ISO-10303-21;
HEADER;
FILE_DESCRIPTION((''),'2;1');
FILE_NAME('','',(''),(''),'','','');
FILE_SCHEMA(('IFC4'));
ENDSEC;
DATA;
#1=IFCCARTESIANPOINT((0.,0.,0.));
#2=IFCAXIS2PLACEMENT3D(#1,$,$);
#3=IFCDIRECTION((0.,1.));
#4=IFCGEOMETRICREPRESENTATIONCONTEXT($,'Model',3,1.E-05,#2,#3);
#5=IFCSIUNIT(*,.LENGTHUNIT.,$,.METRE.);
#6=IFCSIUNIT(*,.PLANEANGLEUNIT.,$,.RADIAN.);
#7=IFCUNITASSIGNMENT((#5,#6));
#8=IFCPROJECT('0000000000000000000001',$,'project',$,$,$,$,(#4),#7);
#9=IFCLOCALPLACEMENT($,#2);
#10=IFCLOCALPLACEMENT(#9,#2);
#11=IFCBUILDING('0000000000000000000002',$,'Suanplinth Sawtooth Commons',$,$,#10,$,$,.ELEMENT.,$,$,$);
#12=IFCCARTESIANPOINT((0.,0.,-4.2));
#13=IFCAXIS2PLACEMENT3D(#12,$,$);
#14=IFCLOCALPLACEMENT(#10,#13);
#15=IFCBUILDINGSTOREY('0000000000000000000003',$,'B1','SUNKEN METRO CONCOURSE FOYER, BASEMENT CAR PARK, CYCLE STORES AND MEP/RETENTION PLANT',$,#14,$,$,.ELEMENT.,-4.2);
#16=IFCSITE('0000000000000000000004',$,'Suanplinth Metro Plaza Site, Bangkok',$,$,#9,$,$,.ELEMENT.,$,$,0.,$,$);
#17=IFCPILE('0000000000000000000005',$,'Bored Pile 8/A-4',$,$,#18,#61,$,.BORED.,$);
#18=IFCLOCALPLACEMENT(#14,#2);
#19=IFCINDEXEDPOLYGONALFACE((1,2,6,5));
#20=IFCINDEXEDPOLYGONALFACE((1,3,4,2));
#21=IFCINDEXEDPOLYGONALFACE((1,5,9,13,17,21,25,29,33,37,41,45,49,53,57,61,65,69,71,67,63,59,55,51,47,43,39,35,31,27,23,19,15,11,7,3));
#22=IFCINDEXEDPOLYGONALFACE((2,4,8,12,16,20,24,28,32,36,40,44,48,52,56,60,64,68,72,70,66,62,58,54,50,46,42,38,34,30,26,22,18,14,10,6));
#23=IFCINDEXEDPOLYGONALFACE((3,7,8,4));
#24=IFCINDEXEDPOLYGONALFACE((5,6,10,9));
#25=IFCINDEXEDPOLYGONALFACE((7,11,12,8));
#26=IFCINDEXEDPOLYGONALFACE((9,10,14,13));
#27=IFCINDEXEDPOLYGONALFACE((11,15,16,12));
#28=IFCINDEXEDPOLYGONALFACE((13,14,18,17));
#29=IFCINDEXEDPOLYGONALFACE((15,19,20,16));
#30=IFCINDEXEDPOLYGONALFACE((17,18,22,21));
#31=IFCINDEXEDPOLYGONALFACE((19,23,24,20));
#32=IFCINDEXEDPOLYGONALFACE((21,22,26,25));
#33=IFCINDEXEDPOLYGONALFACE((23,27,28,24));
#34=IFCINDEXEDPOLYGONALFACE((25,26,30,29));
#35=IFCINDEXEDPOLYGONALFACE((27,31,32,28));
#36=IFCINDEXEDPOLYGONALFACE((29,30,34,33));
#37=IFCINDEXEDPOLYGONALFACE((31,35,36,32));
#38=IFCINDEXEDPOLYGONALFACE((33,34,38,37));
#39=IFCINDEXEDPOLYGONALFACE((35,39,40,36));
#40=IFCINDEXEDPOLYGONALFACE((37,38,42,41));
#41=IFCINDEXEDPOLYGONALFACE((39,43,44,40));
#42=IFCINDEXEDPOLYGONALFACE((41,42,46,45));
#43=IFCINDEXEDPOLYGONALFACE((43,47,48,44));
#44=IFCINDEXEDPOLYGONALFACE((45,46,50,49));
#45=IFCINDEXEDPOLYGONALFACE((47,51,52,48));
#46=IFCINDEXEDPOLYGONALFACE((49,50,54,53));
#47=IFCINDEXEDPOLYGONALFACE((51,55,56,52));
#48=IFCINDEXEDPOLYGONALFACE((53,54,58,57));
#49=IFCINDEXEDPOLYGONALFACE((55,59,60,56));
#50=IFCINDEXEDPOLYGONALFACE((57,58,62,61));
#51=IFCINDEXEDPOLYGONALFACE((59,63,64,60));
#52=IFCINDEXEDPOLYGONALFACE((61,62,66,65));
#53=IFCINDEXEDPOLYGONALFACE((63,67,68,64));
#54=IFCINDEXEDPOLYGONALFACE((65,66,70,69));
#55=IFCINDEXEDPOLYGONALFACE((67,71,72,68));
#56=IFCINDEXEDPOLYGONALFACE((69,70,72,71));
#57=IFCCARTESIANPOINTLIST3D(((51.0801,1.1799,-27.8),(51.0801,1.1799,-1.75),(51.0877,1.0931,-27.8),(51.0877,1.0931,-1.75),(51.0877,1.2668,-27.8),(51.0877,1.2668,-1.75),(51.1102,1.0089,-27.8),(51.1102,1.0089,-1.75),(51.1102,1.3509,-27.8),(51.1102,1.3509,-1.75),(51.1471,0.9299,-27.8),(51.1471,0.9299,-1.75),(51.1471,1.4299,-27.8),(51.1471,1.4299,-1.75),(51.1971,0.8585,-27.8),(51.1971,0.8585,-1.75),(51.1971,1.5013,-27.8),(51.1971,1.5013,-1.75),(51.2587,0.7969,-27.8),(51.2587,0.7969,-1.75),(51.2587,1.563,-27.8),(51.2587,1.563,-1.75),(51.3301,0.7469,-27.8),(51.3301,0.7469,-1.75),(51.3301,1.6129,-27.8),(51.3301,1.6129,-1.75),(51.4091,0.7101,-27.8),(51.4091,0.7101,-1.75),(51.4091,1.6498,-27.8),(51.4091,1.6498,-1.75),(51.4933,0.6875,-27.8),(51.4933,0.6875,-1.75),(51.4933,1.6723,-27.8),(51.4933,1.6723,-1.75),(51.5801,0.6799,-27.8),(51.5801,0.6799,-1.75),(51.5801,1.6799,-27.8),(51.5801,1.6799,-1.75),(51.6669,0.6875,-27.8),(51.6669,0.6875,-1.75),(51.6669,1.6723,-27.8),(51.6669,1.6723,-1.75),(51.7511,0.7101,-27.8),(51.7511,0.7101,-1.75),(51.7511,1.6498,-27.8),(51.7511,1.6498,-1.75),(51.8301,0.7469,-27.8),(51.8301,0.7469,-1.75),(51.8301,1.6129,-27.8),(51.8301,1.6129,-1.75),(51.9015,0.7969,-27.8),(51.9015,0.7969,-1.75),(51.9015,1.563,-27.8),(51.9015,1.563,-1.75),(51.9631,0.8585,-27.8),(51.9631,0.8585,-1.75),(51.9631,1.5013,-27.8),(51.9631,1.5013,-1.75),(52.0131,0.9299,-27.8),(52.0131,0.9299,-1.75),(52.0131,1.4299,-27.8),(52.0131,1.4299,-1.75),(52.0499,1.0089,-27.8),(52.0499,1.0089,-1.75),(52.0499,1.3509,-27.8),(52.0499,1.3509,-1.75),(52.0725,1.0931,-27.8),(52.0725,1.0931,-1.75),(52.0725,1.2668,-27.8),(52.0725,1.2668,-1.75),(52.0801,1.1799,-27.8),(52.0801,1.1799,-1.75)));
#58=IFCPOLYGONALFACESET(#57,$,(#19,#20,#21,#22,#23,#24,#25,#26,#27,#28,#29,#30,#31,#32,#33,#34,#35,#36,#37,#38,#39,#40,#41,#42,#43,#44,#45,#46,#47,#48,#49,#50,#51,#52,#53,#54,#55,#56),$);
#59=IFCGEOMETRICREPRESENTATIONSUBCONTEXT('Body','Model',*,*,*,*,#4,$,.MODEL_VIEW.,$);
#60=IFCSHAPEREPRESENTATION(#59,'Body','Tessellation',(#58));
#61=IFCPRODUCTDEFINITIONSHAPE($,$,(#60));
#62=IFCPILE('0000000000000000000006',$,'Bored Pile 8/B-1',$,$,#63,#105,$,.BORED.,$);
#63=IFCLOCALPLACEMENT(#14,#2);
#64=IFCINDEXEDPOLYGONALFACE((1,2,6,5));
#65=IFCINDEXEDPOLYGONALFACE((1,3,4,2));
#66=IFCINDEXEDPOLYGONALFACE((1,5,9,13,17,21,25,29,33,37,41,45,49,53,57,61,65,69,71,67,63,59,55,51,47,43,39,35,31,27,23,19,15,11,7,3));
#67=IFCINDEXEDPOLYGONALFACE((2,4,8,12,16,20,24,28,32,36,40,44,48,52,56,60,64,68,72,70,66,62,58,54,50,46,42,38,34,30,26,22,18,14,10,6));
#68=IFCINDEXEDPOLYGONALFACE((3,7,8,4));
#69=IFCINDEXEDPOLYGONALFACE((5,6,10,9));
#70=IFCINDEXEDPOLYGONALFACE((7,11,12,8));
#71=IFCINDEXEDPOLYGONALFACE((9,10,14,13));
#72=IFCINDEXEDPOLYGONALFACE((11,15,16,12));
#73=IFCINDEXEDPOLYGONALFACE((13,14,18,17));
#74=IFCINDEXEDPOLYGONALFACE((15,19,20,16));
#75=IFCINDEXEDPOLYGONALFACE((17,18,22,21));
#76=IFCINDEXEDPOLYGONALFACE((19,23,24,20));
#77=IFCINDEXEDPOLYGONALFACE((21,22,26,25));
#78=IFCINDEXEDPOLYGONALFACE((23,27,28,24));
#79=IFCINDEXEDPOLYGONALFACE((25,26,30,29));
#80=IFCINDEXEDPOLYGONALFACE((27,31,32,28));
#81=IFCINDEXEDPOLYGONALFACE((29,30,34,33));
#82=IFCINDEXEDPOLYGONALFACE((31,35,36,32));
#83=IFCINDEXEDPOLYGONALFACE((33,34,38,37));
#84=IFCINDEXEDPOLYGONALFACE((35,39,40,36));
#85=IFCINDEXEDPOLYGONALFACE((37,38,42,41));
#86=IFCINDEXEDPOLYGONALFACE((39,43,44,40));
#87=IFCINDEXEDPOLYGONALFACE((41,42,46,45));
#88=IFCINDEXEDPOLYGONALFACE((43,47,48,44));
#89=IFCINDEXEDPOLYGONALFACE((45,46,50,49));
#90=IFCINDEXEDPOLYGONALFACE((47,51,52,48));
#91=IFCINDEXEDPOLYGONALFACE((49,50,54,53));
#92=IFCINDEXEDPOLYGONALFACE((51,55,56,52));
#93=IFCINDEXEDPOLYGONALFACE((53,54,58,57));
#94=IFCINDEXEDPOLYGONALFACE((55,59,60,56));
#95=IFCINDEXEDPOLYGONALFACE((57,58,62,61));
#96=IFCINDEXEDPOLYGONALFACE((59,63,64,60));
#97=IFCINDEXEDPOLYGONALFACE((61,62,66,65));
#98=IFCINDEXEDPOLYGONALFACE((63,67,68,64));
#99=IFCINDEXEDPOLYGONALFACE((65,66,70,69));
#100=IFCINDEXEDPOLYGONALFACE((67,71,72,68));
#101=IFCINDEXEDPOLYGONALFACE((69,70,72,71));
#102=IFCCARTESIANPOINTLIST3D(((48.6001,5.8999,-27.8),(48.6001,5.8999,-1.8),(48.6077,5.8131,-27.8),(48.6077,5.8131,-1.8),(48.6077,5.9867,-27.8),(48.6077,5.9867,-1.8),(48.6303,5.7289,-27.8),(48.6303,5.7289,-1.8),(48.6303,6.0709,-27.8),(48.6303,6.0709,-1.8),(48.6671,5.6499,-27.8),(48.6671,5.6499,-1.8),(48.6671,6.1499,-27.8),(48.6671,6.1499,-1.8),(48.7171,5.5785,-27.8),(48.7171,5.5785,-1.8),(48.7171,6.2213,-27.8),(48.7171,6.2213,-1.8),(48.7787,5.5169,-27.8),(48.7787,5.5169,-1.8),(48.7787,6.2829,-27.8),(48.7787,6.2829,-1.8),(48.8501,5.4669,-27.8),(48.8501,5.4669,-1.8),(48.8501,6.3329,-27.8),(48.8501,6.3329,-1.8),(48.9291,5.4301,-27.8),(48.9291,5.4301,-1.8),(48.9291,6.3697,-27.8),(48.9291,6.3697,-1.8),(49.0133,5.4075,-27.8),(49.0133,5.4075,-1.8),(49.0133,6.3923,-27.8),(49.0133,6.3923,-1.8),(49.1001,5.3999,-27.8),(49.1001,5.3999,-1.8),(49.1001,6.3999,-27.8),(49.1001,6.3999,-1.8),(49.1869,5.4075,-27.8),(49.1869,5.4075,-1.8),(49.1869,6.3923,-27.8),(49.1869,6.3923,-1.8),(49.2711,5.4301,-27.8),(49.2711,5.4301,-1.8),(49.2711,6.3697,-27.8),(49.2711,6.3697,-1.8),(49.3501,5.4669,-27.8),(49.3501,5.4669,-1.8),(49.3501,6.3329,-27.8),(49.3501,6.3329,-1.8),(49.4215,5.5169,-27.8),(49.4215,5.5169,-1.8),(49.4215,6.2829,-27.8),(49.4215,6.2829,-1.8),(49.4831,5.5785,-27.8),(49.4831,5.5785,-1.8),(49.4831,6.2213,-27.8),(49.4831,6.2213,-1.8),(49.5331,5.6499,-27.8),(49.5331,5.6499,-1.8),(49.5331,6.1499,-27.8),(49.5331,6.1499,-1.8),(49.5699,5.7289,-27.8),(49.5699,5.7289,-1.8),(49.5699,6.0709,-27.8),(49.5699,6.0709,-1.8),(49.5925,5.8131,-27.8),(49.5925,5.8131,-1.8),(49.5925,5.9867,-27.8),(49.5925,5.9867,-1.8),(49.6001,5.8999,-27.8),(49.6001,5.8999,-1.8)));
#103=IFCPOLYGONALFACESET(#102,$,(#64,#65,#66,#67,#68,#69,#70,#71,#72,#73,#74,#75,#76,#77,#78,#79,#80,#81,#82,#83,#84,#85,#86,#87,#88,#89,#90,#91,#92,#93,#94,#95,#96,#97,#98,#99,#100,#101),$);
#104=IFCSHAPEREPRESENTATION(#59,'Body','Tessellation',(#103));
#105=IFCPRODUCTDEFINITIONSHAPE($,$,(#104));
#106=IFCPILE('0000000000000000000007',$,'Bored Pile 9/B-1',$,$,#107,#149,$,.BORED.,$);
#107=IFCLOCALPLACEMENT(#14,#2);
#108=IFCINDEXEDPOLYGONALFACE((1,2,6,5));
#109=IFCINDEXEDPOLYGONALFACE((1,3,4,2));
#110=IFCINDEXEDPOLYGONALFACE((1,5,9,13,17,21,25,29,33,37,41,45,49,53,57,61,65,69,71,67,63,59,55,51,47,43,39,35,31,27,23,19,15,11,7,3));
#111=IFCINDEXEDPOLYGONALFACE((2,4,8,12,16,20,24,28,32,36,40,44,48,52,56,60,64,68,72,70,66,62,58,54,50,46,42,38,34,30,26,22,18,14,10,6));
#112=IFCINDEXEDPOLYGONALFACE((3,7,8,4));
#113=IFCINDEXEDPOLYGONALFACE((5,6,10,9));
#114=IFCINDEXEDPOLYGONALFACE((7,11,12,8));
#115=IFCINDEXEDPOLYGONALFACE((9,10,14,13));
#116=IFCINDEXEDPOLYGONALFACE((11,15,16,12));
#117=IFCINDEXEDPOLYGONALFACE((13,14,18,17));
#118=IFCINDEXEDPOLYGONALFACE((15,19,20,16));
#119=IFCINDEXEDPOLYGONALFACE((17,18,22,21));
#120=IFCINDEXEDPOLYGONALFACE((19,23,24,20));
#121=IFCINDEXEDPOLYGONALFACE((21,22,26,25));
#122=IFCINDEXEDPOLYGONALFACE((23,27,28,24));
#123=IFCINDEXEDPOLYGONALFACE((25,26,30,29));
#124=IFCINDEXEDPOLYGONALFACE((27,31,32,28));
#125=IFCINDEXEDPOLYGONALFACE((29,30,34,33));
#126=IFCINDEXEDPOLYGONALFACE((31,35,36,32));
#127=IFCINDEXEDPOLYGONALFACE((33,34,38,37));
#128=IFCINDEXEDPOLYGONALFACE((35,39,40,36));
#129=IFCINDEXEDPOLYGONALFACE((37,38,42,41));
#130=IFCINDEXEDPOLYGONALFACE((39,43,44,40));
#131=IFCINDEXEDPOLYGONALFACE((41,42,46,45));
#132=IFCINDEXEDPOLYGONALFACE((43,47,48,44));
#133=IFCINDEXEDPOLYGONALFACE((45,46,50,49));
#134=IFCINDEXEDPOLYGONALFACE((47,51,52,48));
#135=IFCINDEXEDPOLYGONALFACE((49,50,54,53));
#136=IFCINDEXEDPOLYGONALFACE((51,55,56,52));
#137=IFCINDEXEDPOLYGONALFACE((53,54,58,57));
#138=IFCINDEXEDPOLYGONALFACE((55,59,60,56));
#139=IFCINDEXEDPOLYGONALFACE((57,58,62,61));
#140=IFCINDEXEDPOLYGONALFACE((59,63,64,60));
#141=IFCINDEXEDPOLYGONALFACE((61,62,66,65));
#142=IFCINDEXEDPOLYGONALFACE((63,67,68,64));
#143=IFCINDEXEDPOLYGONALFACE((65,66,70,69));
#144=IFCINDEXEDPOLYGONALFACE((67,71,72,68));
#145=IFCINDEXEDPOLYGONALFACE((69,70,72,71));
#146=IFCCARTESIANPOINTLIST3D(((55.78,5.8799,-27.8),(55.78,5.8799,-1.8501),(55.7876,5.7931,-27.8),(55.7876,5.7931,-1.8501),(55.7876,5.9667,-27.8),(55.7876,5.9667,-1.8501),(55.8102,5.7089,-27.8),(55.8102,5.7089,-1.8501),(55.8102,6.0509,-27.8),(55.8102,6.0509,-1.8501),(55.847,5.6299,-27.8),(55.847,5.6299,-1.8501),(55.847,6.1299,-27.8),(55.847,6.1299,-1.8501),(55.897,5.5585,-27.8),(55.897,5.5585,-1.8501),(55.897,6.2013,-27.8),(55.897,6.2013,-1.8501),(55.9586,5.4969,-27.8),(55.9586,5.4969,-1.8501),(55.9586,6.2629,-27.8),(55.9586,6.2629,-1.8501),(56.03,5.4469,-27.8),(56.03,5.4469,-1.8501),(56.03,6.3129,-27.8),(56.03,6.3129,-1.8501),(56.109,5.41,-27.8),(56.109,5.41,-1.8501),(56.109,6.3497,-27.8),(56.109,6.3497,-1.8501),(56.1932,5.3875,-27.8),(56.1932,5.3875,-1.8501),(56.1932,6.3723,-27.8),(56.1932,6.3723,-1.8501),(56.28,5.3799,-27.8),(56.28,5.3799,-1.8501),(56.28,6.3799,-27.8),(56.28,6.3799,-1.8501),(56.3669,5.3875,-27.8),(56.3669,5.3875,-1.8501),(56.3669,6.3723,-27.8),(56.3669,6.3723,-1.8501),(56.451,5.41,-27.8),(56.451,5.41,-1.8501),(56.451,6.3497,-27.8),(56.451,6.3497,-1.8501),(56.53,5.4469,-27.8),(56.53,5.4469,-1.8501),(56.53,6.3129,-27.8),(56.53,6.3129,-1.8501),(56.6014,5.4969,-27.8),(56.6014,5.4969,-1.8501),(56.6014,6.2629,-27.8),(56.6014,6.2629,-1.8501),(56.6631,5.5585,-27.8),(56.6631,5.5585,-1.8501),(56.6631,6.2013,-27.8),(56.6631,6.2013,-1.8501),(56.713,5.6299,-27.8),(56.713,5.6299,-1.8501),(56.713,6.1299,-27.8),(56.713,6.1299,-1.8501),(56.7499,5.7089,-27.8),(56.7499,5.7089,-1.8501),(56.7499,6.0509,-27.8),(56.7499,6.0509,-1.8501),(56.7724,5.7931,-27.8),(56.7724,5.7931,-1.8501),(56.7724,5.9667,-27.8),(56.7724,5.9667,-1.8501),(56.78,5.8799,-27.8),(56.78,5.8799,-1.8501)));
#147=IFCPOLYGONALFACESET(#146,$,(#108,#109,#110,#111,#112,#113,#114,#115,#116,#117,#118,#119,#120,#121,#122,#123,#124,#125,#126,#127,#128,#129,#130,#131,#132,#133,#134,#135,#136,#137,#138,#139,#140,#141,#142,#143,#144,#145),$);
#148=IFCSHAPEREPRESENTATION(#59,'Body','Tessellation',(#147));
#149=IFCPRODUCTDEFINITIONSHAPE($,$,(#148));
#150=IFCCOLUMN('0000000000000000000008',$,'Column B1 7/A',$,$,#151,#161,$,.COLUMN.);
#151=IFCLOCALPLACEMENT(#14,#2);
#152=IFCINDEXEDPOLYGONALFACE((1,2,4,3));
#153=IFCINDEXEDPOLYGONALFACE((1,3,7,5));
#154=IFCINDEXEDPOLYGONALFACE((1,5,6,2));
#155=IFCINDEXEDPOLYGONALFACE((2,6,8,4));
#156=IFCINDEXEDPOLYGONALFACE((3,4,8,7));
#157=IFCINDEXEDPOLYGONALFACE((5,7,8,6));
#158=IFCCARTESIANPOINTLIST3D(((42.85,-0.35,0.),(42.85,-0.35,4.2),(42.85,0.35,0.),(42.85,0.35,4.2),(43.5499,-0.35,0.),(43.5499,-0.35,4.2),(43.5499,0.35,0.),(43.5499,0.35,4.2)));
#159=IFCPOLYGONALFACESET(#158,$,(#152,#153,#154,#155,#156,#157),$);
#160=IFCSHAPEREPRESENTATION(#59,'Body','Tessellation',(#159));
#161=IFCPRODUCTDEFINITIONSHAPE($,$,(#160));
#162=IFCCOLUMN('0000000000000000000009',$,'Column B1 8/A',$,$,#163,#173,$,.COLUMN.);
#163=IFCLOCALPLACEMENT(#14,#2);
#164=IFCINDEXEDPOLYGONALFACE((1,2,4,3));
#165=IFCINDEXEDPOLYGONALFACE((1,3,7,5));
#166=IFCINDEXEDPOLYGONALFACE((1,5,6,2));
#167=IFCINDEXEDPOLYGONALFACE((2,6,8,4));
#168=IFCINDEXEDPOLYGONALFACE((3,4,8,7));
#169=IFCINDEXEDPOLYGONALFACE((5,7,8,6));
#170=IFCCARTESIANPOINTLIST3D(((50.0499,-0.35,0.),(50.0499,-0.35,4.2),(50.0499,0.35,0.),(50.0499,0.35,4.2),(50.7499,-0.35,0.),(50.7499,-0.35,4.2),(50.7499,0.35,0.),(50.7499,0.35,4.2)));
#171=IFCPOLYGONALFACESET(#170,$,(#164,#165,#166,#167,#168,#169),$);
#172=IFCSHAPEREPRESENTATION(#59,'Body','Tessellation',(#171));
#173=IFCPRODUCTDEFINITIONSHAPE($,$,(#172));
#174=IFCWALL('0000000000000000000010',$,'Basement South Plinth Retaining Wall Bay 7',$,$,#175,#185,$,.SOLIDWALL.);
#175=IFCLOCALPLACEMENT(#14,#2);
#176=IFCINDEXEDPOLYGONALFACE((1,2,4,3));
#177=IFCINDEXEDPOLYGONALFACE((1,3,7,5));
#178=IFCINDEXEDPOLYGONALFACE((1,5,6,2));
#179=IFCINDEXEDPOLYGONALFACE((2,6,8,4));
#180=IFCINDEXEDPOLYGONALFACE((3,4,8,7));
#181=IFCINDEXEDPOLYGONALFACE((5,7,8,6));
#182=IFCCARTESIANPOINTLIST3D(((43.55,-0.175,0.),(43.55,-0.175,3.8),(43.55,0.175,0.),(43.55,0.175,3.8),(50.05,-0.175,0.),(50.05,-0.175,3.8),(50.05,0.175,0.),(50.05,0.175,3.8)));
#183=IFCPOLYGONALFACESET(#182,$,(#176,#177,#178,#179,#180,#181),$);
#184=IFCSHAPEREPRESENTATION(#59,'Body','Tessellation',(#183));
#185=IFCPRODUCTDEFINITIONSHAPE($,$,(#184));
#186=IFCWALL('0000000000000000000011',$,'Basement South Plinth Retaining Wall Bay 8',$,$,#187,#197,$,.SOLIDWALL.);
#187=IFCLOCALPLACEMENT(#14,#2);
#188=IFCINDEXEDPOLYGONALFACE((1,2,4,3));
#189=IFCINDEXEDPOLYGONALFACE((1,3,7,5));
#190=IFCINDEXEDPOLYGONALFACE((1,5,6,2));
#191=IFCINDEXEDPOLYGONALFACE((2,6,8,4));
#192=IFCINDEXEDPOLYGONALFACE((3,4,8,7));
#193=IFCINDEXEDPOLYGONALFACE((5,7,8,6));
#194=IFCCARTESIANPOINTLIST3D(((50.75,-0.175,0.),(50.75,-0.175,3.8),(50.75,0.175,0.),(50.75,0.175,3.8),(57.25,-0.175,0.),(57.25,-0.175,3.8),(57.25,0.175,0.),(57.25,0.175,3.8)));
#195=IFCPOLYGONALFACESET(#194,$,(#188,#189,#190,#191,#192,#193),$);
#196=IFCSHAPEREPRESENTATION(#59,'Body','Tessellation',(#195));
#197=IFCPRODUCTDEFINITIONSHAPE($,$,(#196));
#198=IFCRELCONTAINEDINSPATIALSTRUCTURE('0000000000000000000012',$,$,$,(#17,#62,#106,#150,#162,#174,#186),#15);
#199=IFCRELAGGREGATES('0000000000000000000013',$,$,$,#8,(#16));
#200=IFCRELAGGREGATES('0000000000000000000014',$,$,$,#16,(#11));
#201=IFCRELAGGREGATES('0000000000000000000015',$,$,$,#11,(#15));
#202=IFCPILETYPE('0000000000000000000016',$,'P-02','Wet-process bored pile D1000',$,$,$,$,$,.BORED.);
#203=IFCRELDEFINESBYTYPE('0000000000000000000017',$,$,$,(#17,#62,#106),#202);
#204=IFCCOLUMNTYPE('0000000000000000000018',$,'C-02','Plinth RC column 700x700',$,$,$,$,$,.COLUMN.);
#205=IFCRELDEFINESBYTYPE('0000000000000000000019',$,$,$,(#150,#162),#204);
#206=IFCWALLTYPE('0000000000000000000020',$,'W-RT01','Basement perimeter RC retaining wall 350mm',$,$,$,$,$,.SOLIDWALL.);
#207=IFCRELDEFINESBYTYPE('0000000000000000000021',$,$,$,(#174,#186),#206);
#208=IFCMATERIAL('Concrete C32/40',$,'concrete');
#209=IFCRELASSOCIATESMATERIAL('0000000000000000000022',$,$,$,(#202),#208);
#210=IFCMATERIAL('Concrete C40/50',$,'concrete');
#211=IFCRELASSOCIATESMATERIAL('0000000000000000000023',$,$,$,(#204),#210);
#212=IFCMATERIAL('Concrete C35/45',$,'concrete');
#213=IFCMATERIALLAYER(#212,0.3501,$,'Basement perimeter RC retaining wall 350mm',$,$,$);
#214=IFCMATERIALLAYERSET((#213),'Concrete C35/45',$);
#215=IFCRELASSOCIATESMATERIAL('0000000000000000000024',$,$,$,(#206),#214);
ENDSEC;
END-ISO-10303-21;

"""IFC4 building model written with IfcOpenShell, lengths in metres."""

from ifc_helpers import new_model, si_unit, direction, frame, frame_2d, origin, origin_2d, place, context, subcontext, project, spatial, rectangle, circle, extrude, material, layer, layer_set, material_profile, profile_set, type_object, element, save


model = new_model("IFC4")

# Units and contexts
model_context = context("Model", 3, precision=1e-05, world=origin(), true_north=direction((0.0, 1.0)))
body_context = subcontext(model_context, "Body", "Model", "MODEL_VIEW")
ifc_project = project(units=[si_unit("LENGTHUNIT", "METRE"), si_unit("PLANEANGLEUNIT", "RADIAN")], contexts=[model_context])

# Site, building, storey
site_placement = place(None, origin())
site = spatial("IfcSite", under=ifc_project, at=site_placement, Name="Suanplinth Metro Plaza Site, Bangkok", CompositionType="ELEMENT", RefElevation=0.0)
building_placement = place(site_placement, origin())
building = spatial("IfcBuilding", under=site, at=building_placement, Name="Suanplinth Sawtooth Commons", CompositionType="ELEMENT")
storey_placement = place(building_placement, frame((0.0, 0.0, -4.2)))
storey = spatial("IfcBuildingStorey", under=building, at=storey_placement, Name="B1", Description="SUNKEN METRO CONCOURSE FOYER, BASEMENT CAR PARK, CYCLE STORES AND MEP/RETENTION PLANT", CompositionType="ELEMENT", Elevation=-4.2)

# Shared definitions
ifc_material_1 = material(Name="Concrete C35/45", Category="concrete")

# Piles
ifc_material_2 = material(Name="Concrete C32/40", Category="concrete")
ifc_material_profile_1 = material_profile(ifc_material_2, circle(Radius=0.5, at=origin_2d()), Name="PILE D1000")
ifc_profile_set_1 = profile_set([ifc_material_profile_1], Name="Concrete C32/40")
pile_type_1 = type_object("IfcPileType", Name="P-02", Description="Wet-process bored pile D1000", PredefinedType="BORED", material=ifc_profile_set_1)
for number, where, z_axis, x_axis, name in (
    (1, (51.5801, 1.1799, -1.75), (0.0, 0.0, -1.0), (1.0, 0.0, 0.0), "Bored Pile 8/A-4"),
):
    element("IfcPile", number, at=place(storey_placement, frame(where, z_axis=z_axis, x_axis=x_axis)), inside=storey, type_object=pile_type_1, Name=name, PredefinedType="BORED", context=body_context, shape_type="SweptSolid", body=[
        extrude(circle(Radius=0.5, at=origin_2d()), origin(), (0.0, 0.0, 1.0), 26.05),
    ])
pile_1_placement = place(storey_placement, frame((49.1001, 5.8999, -1.8), z_axis=(0.0, 0.0, -1.0), x_axis=(1.0, 0.0, 0.0)))
element("IfcPile", 2, at=pile_1_placement, inside=storey, type_object=pile_type_1, Name="Bored Pile 8/B-1", PredefinedType="BORED", context=body_context, shape_type="SweptSolid", body=[
    extrude(circle(Radius=0.5, at=origin_2d()), origin(), (0.0, 0.0, 1.0), 26.0),
])
pile_2_placement = place(storey_placement, frame((56.28, 5.8799, -1.8501), z_axis=(0.0, 0.0, -1.0), x_axis=(1.0, 0.0, 0.0)))
element("IfcPile", 3, at=pile_2_placement, inside=storey, type_object=pile_type_1, Name="Bored Pile 9/B-1", PredefinedType="BORED", context=body_context, shape_type="SweptSolid", body=[
    extrude(circle(Radius=0.5, at=origin_2d()), origin(), (0.0, 0.0, 1.0), 25.95),
])

# Columns
ifc_material_3 = material(Name="Concrete C40/50", Category="concrete")
ifc_material_profile_2 = material_profile(ifc_material_3, rectangle(XDim=0.7, YDim=0.7, at=origin_2d()), Name="RC-COL 700x700")
ifc_profile_set_2 = profile_set([ifc_material_profile_2], Name="Concrete C40/50")
column_type = type_object("IfcColumnType", Name="C-02", Description="Plinth RC column 700x700", PredefinedType="COLUMN", material=ifc_profile_set_2)
for number, where, z_axis, x_axis, name in (
    (4, (43.2, 0.0, 0.0), (0.0, 0.0, 1.0), (1.0, 0.0, 0.0), "Column B1 7/A"),
    (5, (50.3999, 0.0, 0.0), (0.0, 0.0, 1.0), (1.0, 0.0, 0.0), "Column B1 8/A"),
):
    element("IfcColumn", number, at=place(storey_placement, frame(where, z_axis=z_axis, x_axis=x_axis)), inside=storey, type_object=column_type, Name=name, PredefinedType="COLUMN", context=body_context, shape_type="SweptSolid", body=[
        extrude(rectangle(XDim=0.7, YDim=0.7, at=origin_2d()), origin(), (0.0, 0.0, 1.0), 4.2),
    ])

# Walls
ifc_layer_1 = layer(ifc_material_1, 0.3501, Name="Basement perimeter RC retaining wall 350mm")
ifc_layer_set_1 = layer_set([ifc_layer_1], Name="Concrete C35/45")
wall_type_1 = type_object("IfcWallType", Name="W-RT01", Description="Basement perimeter RC retaining wall 350mm", PredefinedType="SOLIDWALL", material=ifc_layer_set_1)
for number, where, z_axis, x_axis, name in (
    (6, (43.55, 0.0, 0.0), (0.0, 0.0, 1.0), (1.0, 0.0, 0.0), "Basement South Plinth Retaining Wall Bay 7"),
    (7, (50.75, 0.0, 0.0), (0.0, 0.0, 1.0), (1.0, 0.0, 0.0), "Basement South Plinth Retaining Wall Bay 8"),
):
    element("IfcWall", number, at=place(storey_placement, frame(where, z_axis=z_axis, x_axis=x_axis)), inside=storey, type_object=wall_type_1, Name=name, PredefinedType="SOLIDWALL", context=body_context, shape_type="SweptSolid", body=[
        extrude(rectangle(XDim=6.5, YDim=0.3501, at=frame_2d((3.25, 0.0))), origin(), (0.0, 0.0, 1.0), 3.8),
    ])

save(model, "model.ifc")
